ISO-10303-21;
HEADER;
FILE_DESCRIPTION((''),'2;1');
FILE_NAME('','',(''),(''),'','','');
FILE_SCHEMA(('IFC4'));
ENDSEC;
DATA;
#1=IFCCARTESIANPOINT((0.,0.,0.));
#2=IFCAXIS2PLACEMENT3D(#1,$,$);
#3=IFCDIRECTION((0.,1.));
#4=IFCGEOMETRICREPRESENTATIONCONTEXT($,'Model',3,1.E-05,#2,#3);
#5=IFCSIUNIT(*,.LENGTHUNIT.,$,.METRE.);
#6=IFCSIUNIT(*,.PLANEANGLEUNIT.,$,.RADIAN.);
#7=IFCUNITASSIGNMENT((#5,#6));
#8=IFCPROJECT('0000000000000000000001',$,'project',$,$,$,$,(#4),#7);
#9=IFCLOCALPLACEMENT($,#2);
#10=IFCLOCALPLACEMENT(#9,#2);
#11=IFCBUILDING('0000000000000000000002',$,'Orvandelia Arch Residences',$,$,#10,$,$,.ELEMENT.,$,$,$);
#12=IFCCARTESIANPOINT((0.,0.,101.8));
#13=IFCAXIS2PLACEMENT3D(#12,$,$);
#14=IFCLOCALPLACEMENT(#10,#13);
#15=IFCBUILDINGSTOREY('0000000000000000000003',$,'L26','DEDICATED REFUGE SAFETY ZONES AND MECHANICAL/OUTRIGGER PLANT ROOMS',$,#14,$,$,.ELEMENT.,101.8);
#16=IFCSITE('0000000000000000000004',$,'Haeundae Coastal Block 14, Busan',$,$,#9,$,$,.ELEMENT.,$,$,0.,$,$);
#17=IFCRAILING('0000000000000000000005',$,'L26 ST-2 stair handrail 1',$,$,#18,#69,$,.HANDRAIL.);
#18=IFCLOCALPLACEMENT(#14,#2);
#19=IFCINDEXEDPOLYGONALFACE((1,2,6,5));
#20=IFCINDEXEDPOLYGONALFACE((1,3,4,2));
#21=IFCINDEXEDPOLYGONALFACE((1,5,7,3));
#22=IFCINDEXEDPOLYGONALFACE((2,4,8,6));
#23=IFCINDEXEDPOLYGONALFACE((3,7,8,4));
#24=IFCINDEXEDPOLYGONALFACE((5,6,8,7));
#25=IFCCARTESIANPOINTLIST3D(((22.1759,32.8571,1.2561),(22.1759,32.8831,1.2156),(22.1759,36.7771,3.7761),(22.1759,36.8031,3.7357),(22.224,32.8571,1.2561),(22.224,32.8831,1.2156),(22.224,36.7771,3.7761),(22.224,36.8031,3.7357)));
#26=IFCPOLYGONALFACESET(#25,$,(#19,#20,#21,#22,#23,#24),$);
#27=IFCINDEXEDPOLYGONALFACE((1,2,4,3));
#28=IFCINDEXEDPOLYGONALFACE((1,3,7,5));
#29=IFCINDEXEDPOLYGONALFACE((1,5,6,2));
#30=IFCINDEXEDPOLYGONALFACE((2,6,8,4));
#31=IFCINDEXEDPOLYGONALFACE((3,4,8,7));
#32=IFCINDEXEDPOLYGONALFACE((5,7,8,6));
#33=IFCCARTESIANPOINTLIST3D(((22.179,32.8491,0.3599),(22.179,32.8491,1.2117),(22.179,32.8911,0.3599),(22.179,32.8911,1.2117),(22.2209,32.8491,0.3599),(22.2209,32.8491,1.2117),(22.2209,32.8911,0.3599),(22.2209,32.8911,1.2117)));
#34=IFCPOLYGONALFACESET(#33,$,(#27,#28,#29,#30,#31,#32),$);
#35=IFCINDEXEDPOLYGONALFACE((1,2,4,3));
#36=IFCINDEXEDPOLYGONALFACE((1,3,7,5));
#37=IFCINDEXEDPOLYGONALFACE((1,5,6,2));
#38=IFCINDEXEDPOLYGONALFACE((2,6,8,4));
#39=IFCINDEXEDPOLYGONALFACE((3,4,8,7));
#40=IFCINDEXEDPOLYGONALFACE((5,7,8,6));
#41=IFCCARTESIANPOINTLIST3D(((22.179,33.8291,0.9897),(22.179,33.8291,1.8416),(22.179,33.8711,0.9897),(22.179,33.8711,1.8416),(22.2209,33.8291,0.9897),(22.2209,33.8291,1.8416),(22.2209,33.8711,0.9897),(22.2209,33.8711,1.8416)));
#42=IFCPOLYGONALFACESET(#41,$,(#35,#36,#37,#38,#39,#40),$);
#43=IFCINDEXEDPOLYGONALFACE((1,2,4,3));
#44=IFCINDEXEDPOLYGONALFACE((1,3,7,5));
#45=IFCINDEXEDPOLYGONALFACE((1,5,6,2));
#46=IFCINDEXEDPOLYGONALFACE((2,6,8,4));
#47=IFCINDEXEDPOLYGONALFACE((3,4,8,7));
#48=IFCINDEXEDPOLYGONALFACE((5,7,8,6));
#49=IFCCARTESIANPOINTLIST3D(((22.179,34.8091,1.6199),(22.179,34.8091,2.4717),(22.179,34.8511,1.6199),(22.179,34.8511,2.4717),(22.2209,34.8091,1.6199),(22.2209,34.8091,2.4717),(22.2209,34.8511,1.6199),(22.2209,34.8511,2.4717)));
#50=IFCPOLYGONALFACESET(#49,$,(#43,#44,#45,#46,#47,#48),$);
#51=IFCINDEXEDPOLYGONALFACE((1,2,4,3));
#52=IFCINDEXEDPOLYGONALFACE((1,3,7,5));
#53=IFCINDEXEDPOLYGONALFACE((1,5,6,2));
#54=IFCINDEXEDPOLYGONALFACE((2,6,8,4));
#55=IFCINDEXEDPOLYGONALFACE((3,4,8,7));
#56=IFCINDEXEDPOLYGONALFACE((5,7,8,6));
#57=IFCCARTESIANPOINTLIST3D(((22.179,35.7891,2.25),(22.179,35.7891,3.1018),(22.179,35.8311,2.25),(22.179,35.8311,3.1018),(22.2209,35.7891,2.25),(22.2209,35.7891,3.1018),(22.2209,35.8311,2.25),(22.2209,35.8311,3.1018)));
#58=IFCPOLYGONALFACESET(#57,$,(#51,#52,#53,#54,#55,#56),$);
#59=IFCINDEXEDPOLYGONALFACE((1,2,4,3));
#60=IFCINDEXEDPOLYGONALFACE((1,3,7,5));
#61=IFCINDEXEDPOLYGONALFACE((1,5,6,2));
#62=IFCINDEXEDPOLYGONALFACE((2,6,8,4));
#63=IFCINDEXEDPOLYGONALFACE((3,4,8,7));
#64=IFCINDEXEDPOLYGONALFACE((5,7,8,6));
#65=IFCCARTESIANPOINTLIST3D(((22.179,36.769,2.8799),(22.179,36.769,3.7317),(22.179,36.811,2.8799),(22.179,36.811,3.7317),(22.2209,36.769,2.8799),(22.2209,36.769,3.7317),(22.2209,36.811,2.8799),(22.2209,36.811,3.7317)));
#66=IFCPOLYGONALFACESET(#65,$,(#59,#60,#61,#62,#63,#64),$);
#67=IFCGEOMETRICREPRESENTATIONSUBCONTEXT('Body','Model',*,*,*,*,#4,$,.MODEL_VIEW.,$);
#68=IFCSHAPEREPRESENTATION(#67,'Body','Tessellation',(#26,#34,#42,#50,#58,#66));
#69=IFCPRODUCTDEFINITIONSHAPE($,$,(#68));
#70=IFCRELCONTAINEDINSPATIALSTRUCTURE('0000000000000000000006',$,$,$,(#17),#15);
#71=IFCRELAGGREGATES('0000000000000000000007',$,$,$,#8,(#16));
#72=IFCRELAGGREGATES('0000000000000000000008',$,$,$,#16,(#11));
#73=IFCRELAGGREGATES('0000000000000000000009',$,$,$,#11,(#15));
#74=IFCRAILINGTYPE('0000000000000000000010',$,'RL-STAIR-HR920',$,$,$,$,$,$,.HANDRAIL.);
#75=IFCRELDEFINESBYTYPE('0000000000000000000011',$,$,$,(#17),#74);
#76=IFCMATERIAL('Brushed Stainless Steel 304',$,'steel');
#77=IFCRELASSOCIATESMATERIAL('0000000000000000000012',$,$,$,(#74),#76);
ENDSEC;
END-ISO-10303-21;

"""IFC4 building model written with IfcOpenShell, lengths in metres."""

from ifc_helpers import new_model, si_unit, direction, frame, origin, origin_2d, place, context, subcontext, project, spatial, rectangle, extrude, material, type_object, element, save


model = new_model("IFC4")

# Units and contexts
model_context = context("Model", 3, precision=1e-05, world=origin(), true_north=direction((0.0, 1.0)))
body_context = subcontext(model_context, "Body", "Model", "MODEL_VIEW")
ifc_project = project(units=[si_unit("LENGTHUNIT", "METRE"), si_unit("PLANEANGLEUNIT", "RADIAN")], contexts=[model_context])

# Site, building, storey
site_placement = place(None, origin())
site = spatial("IfcSite", under=ifc_project, at=site_placement, Name="Haeundae Coastal Block 14, Busan", CompositionType="ELEMENT", RefElevation=0.0)
building_placement = place(site_placement, origin())
building = spatial("IfcBuilding", under=site, at=building_placement, Name="Orvandelia Arch Residences", CompositionType="ELEMENT")
storey_placement = place(building_placement, frame((0.0, 0.0, 101.8)))
storey = spatial("IfcBuildingStorey", under=building, at=storey_placement, Name="L26", Description="DEDICATED REFUGE SAFETY ZONES AND MECHANICAL/OUTRIGGER PLANT ROOMS", CompositionType="ELEMENT", Elevation=101.8)

# Railing
ifc_material_1 = material(Name="Brushed Stainless Steel 304", Category="steel")
railing_type_1 = type_object("IfcRailingType", Name="RL-STAIR-HR920", PredefinedType="HANDRAIL", material=ifc_material_1)
railing_1_placement = place(storey_placement, frame((22.2, 32.8701, 0.3599)))
element("IfcRailing", 1, at=railing_1_placement, inside=storey, type_object=railing_type_1, Name="L26 ST-2 stair handrail 1", PredefinedType="HANDRAIL", context=body_context, shape_type="SweptSolid", body=[
    extrude(rectangle(XDim=0.0481, YDim=0.0481, at=origin_2d()), frame((0.0, 0.0, 0.876), z_axis=(0.0, 0.841172, 0.540768), x_axis=(-1.0, 0.0, 0.0)), (0.0, 0.0, 1.0), 4.6602),
    extrude(rectangle(XDim=0.042, YDim=0.042, at=origin_2d()), origin(), (0.0, 0.0, 1.0), 0.8518),
    extrude(rectangle(XDim=0.042, YDim=0.042, at=origin_2d()), frame((0.0, 0.98, 0.6299)), (0.0, 0.0, 1.0), 0.8518),
    extrude(rectangle(XDim=0.042, YDim=0.042, at=origin_2d()), frame((0.0, 1.96, 1.26)), (0.0, 0.0, 1.0), 0.8518),
    extrude(rectangle(XDim=0.042, YDim=0.042, at=origin_2d()), frame((0.0, 2.9399, 1.8901)), (0.0, 0.0, 1.0), 0.8518),
    extrude(rectangle(XDim=0.042, YDim=0.042, at=origin_2d()), frame((0.0, 3.9199, 2.52)), (0.0, 0.0, 1.0), 0.8518),
])

save(model, "model.ifc")
